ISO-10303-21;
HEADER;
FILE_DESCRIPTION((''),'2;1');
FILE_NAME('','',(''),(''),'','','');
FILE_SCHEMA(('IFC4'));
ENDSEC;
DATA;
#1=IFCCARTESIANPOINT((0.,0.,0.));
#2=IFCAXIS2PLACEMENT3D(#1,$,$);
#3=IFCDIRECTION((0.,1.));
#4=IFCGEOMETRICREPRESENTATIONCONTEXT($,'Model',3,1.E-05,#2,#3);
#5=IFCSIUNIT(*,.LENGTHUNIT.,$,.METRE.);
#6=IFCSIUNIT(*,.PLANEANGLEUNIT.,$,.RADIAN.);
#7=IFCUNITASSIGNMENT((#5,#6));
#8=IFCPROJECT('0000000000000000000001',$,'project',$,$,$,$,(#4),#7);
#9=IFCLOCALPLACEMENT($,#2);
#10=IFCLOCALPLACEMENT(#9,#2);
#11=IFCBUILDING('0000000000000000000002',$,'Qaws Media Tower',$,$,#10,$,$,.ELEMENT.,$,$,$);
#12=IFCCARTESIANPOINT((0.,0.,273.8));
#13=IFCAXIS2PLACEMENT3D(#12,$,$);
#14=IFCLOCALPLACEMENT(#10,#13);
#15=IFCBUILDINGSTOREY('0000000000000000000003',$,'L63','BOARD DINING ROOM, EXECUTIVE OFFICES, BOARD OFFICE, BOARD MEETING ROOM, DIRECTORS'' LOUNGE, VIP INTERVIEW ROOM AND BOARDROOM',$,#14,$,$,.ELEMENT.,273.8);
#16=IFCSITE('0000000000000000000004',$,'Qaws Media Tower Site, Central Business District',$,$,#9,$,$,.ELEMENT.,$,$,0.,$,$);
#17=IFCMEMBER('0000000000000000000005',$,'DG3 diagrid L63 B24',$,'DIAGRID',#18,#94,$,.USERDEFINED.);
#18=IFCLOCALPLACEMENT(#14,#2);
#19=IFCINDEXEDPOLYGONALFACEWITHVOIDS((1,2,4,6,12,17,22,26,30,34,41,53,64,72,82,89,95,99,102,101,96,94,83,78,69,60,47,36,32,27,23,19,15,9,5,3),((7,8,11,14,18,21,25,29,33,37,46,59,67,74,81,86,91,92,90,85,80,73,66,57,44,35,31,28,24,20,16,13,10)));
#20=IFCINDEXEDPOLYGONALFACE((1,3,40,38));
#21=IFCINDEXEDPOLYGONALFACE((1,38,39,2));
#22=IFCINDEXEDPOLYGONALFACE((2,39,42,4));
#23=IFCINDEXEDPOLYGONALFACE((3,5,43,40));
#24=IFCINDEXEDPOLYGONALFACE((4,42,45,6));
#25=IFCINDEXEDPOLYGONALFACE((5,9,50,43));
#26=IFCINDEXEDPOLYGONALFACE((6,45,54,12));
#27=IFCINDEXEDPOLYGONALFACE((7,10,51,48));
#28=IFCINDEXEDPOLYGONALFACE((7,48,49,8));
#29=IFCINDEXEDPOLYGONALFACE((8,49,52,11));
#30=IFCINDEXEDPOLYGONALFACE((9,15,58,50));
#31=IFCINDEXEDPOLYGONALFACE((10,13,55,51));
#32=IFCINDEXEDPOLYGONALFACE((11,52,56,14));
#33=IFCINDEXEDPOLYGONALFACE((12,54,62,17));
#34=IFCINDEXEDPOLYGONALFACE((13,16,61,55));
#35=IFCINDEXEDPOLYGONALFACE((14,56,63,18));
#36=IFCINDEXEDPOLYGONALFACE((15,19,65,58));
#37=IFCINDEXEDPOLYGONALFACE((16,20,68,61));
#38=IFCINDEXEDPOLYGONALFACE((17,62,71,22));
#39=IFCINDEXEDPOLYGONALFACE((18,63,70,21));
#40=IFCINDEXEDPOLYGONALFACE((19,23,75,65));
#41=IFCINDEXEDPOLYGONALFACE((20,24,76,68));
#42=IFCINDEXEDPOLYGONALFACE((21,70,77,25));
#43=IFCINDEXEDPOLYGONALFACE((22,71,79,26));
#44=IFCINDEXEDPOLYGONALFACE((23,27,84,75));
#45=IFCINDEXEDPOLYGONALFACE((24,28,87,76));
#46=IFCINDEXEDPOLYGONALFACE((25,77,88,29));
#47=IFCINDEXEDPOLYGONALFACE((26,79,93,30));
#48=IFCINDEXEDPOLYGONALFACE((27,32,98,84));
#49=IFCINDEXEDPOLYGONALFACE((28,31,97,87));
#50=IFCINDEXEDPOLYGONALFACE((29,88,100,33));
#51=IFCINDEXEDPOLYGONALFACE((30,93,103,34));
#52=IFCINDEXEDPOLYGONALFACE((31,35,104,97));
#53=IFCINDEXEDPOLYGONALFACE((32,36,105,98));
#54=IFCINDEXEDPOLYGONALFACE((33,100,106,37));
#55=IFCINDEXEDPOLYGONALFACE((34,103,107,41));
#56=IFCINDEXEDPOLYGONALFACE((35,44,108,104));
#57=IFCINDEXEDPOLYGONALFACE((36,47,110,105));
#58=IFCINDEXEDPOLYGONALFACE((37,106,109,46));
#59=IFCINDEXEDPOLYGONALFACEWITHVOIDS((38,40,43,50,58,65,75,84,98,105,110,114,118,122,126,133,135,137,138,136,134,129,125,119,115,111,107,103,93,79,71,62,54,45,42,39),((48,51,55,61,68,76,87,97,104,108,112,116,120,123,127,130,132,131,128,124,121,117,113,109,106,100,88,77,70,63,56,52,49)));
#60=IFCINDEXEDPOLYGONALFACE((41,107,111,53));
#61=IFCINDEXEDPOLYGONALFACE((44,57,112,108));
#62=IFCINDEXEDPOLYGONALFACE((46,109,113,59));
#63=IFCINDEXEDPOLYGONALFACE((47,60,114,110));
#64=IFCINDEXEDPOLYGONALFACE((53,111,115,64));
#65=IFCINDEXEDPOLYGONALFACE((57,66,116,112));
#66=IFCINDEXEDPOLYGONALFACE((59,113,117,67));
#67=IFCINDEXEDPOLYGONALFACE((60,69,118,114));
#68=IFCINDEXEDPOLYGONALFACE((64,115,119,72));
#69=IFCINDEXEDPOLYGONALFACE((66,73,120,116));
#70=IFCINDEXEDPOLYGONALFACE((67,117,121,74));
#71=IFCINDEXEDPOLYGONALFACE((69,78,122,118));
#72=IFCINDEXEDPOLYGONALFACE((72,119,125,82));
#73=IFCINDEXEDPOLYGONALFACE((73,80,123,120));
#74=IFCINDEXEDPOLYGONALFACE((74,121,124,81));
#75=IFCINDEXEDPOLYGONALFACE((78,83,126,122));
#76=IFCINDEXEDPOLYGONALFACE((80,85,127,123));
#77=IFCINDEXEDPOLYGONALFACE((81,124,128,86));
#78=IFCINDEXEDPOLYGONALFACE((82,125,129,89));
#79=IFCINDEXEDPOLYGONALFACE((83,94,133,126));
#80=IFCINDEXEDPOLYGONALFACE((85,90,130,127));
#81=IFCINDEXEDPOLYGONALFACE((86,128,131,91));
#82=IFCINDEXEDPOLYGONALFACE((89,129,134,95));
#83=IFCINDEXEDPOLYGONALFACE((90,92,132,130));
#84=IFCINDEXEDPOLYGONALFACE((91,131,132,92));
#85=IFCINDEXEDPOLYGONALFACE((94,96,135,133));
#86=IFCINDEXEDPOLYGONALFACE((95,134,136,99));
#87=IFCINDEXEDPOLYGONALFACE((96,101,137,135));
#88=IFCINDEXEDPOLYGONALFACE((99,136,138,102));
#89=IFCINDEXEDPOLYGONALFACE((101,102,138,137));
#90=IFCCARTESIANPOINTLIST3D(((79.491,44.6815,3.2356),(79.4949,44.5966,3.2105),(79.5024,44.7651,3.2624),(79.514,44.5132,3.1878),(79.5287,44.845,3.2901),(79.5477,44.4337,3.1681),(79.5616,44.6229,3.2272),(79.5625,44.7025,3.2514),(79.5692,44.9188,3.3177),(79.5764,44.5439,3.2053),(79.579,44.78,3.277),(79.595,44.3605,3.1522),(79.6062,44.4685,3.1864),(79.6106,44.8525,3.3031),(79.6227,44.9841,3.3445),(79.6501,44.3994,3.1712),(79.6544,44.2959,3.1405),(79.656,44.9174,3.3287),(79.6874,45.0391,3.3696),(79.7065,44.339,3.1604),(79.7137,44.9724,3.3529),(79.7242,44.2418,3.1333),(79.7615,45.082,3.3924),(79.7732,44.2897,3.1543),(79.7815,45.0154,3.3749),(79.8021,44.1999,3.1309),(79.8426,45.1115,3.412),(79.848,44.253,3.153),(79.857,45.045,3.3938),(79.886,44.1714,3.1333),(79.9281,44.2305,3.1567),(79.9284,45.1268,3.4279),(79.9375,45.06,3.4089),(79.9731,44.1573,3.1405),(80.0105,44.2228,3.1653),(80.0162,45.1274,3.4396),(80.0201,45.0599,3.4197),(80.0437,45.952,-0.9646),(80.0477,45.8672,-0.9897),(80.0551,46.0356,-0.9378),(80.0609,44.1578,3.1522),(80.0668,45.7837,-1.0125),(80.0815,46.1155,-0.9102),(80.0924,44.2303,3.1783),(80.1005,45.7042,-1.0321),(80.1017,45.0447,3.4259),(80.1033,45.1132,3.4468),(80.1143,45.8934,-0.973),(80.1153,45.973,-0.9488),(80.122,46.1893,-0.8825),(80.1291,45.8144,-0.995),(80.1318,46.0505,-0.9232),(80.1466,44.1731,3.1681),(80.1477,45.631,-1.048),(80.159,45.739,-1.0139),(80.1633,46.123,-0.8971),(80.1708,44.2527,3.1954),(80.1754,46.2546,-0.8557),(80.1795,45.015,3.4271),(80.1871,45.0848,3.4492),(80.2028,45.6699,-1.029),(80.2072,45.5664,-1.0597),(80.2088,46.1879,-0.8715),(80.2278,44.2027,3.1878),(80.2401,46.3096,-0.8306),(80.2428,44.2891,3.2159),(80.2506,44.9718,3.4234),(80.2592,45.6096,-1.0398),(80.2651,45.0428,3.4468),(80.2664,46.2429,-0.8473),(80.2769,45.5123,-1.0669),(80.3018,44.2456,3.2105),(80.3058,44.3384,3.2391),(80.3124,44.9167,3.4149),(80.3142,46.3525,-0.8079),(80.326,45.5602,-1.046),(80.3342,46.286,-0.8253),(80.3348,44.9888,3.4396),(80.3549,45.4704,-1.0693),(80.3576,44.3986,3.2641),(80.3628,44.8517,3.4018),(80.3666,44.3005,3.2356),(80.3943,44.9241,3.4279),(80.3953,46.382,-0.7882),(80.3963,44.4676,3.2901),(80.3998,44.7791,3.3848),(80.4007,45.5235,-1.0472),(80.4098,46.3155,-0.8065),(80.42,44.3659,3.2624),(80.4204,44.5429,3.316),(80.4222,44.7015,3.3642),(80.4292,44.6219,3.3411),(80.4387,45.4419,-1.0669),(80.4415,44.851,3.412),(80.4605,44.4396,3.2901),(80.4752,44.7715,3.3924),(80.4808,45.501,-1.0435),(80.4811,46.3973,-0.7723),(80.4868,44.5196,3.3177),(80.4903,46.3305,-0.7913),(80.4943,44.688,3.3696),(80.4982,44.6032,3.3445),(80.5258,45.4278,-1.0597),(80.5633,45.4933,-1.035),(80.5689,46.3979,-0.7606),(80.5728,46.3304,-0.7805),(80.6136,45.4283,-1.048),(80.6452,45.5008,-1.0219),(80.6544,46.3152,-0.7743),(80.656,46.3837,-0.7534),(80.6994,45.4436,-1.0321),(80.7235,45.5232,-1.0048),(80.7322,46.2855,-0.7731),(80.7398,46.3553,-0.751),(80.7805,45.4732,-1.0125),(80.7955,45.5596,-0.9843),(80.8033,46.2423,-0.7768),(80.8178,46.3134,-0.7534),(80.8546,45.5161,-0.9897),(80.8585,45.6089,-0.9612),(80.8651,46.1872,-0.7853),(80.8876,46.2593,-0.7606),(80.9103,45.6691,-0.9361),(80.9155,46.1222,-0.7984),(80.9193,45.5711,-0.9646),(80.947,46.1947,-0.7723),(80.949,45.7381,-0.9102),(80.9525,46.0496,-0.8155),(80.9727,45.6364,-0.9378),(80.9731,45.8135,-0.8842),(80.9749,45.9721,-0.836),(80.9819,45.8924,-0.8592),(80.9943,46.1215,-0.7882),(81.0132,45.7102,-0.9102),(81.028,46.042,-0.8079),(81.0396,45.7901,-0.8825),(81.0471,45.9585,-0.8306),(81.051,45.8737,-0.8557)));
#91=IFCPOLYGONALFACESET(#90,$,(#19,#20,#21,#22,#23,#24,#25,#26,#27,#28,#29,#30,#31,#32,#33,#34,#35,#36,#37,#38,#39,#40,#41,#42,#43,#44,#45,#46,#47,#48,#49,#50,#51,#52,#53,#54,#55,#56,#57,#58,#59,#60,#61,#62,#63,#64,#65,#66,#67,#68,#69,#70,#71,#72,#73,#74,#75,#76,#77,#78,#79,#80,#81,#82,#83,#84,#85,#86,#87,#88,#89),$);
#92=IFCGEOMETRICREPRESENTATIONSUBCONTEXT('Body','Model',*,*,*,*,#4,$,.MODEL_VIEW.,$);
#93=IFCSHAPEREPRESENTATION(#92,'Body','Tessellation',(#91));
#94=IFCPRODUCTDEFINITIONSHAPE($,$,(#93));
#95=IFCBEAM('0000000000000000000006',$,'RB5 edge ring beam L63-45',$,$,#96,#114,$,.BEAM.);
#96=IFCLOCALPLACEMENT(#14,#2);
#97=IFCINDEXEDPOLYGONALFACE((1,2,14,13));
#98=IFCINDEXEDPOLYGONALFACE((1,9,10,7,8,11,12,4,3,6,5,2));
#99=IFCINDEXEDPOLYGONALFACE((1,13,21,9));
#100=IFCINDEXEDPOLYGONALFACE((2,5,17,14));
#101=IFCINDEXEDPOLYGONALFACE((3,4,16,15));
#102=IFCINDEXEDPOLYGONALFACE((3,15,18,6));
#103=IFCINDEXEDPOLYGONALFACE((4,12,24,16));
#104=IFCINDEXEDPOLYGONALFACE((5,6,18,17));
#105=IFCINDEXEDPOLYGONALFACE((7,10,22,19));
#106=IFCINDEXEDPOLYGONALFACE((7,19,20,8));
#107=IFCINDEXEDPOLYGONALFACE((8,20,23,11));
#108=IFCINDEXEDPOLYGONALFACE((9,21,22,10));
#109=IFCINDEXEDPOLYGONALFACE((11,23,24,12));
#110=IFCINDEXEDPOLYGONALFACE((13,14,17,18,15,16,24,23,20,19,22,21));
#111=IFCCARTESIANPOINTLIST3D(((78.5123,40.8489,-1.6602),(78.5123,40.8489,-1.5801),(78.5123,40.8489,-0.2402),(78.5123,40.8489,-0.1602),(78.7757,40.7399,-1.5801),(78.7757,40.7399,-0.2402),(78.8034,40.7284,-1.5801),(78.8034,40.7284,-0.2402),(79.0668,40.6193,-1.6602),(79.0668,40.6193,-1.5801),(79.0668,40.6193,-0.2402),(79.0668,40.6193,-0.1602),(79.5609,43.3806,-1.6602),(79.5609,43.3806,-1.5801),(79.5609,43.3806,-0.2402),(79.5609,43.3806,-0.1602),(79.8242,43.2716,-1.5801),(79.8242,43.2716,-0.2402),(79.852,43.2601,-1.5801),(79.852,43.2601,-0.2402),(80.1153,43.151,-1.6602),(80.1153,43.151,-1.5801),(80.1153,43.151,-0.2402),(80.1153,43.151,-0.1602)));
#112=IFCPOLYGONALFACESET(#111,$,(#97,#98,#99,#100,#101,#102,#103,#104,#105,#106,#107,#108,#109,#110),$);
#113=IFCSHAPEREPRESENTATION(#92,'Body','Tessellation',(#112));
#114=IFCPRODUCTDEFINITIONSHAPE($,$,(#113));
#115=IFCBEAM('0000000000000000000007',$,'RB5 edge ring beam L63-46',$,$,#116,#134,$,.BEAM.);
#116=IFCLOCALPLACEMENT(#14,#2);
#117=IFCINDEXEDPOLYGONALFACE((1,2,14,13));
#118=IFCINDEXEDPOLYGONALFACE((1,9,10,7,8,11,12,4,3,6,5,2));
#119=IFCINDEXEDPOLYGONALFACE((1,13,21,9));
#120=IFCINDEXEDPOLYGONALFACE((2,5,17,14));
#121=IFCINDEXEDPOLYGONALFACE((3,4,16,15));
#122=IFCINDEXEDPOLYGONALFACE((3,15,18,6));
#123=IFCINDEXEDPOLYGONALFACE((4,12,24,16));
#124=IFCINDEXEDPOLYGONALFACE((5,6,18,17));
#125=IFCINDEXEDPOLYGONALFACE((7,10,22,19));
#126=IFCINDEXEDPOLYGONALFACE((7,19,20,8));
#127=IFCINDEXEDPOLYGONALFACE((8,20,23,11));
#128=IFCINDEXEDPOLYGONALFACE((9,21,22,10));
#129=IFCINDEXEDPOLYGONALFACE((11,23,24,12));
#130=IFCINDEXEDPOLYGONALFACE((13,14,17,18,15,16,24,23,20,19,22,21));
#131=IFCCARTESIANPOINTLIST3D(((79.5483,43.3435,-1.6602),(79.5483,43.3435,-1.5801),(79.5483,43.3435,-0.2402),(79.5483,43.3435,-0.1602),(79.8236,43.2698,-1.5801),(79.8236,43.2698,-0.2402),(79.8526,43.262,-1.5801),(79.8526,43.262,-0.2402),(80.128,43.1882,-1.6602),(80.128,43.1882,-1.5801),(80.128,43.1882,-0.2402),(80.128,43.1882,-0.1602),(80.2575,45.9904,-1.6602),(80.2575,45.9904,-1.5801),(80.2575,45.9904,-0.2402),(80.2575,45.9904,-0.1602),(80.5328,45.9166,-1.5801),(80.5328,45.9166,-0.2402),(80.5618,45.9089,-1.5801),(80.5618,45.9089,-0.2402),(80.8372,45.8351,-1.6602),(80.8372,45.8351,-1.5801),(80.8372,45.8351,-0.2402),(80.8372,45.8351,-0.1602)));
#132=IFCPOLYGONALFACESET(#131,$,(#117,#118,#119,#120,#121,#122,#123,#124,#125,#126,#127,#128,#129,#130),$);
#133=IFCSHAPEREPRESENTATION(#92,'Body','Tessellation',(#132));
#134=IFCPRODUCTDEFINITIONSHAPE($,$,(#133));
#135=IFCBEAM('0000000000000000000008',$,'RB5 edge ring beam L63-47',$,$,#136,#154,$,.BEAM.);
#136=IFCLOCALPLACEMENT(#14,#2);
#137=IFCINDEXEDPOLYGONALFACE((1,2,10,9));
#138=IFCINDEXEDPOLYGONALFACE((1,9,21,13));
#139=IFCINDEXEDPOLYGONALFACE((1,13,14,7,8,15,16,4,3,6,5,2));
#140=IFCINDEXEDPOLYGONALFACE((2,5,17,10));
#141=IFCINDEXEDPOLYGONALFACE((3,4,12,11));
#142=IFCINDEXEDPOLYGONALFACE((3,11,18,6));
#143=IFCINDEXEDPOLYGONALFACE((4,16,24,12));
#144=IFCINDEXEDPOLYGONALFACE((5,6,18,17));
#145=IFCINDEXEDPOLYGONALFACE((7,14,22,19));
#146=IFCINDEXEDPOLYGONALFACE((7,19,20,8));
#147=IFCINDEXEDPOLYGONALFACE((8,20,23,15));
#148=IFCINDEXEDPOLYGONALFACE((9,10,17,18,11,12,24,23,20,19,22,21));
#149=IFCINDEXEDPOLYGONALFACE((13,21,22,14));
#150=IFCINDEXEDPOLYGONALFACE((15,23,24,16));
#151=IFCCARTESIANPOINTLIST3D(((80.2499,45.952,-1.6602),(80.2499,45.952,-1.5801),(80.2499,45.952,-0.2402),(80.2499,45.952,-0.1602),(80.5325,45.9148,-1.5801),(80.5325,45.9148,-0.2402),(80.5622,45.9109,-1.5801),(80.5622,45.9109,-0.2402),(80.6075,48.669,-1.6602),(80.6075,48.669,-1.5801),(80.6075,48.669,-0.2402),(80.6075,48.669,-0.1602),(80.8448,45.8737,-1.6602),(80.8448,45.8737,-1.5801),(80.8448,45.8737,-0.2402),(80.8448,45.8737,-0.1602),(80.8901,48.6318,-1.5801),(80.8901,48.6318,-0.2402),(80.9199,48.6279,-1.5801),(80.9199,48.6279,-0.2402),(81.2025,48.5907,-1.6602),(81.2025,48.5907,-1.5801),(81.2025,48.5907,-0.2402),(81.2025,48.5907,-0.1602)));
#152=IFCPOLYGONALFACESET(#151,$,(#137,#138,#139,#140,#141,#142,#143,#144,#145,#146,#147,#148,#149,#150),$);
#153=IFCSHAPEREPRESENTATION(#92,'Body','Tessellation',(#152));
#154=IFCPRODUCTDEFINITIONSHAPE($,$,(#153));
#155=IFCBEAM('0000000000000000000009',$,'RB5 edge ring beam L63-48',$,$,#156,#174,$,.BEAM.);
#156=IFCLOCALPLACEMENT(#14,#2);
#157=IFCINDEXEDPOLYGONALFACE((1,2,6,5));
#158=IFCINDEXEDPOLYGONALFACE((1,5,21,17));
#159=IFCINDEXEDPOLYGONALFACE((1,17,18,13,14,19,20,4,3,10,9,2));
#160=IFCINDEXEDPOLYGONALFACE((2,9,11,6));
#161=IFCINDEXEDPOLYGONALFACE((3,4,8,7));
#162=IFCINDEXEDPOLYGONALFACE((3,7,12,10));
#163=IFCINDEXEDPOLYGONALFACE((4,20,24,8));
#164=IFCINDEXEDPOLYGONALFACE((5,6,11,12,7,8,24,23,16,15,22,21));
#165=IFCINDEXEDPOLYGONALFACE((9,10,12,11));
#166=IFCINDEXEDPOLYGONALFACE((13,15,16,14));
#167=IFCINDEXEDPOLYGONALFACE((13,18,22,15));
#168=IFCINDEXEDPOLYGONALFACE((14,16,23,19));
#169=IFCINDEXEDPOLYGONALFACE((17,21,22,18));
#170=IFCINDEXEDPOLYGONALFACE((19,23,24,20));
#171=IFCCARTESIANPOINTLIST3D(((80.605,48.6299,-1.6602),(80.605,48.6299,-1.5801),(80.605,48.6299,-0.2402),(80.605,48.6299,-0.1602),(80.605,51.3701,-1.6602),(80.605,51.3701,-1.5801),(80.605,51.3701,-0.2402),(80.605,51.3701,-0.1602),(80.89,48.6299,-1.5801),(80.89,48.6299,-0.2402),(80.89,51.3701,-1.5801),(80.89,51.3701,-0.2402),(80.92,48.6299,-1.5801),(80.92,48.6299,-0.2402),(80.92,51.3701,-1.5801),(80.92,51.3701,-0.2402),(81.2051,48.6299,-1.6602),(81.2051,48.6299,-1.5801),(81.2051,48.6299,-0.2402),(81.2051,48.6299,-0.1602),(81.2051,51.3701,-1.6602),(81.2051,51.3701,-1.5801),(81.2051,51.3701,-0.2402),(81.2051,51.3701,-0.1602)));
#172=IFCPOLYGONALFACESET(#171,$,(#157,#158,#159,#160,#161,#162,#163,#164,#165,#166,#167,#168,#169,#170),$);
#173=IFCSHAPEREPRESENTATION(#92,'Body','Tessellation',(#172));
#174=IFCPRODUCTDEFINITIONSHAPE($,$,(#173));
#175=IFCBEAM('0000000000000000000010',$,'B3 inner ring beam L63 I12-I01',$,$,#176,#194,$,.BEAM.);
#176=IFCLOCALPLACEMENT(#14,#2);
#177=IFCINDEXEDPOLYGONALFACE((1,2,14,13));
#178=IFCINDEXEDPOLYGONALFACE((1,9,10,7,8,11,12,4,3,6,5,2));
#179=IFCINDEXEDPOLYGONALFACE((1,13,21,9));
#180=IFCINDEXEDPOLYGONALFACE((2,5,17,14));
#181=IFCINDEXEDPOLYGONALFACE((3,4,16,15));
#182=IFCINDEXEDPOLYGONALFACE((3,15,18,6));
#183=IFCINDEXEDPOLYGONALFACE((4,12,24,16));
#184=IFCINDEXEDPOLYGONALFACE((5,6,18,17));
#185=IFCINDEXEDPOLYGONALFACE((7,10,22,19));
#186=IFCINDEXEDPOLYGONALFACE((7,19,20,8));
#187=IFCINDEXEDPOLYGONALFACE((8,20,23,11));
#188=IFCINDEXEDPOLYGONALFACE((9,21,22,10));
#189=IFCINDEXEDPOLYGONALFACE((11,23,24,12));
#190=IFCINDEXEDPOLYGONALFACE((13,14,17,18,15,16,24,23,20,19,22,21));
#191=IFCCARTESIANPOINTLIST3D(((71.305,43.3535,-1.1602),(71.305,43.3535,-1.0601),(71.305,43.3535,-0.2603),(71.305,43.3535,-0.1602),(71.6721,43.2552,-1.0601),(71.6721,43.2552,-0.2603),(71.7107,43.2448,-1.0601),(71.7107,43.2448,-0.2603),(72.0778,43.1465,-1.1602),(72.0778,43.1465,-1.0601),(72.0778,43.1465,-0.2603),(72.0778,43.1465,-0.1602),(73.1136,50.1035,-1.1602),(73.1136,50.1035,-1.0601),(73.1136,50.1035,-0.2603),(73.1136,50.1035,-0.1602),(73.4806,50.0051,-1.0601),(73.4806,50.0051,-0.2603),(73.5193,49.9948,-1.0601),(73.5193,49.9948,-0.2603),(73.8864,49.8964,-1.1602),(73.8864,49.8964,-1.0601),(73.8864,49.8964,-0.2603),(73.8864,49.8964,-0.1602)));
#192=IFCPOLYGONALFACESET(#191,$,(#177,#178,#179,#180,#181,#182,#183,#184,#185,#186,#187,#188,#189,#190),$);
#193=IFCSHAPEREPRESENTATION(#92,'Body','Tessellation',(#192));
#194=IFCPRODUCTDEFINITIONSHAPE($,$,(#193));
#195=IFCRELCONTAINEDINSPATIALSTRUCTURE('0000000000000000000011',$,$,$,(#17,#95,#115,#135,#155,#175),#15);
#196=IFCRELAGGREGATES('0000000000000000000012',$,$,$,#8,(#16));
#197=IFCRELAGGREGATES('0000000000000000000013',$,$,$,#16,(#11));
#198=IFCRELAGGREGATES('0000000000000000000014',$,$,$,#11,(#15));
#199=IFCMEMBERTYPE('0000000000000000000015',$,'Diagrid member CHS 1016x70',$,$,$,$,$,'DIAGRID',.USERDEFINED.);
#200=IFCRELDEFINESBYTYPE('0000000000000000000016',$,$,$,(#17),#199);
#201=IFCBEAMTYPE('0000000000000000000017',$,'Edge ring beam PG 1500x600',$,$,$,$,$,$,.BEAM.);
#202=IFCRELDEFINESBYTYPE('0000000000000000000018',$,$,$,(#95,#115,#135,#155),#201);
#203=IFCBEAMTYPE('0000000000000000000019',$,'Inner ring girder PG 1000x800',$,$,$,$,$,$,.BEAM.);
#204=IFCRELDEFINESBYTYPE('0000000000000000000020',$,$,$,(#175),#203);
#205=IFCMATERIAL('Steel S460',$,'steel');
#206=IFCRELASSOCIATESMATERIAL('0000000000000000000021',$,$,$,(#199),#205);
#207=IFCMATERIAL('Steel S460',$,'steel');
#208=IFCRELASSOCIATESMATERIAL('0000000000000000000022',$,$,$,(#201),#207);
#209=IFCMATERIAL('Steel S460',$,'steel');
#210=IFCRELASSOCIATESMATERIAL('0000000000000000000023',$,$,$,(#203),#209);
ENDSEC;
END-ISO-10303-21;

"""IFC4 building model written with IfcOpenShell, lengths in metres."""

from ifc_helpers import new_model, si_unit, direction, frame, origin, origin_2d, place, context, subcontext, project, spatial, hollow_circle, i_section, extrude, material, material_profile, profile_set, type_object, element, save


model = new_model("IFC4")

# Units and contexts
model_context = context("Model", 3, precision=1e-05, world=origin(), true_north=direction((0.0, 1.0)))
body_context = subcontext(model_context, "Body", "Model", "MODEL_VIEW")
ifc_project = project(units=[si_unit("LENGTHUNIT", "METRE"), si_unit("PLANEANGLEUNIT", "RADIAN")], contexts=[model_context])

# Site, building, storey
site_placement = place(None, origin())
site = spatial("IfcSite", under=ifc_project, at=site_placement, Name="Qaws Media Tower Site, Central Business District", CompositionType="ELEMENT", RefElevation=0.0)
building_placement = place(site_placement, origin())
building = spatial("IfcBuilding", under=site, at=building_placement, Name="Qaws Media Tower", CompositionType="ELEMENT")
storey_placement = place(building_placement, frame((0.0, 0.0, 273.8)))
storey = spatial("IfcBuildingStorey", under=building, at=storey_placement, Name="L63", Description="BOARD DINING ROOM, EXECUTIVE OFFICES, BOARD OFFICE, BOARD MEETING ROOM, DIRECTORS' LOUNGE, VIP INTERVIEW ROOM AND BOARDROOM", CompositionType="ELEMENT", Elevation=273.8)

# Member
ifc_material_1 = material(Name="Steel S460", Category="steel")
ifc_material_profile_1 = material_profile(ifc_material_1, hollow_circle(Radius=0.5081, WallThickness=0.0701, at=origin_2d()), Name="CHS 1016x70")
ifc_profile_set_1 = profile_set([ifc_material_profile_1], Name="Steel S460")
member_type_1 = type_object("IfcMemberType", Name="Diagrid member CHS 1016x70", ElementType="DIAGRID", PredefinedType="USERDEFINED", material=ifc_profile_set_1)
for number, where, z_axis, x_axis, name in (
    (1, (80.5474, 45.9128, -0.9102), (-0.124973, -0.287262, 0.949664), (0.91698, -0.398932, 0.0), "DG3 diagrid L63 B24"),
):
    element("IfcMember", number, at=place(storey_placement, frame(where, z_axis=z_axis, x_axis=x_axis)), inside=storey, type_object=member_type_1, Name=name, ObjectType="DIAGRID", PredefinedType="USERDEFINED", context=body_context, shape_type="SweptSolid", body=[
        extrude(hollow_circle(Radius=0.5081, WallThickness=0.0701, at=origin_2d()), origin(), (0.0, 0.0, 1.0), 4.4229),
    ])

# Beams
ifc_material_2 = material(Name="Steel S460", Category="steel")
ifc_material_profile_2 = material_profile(ifc_material_2, i_section(OverallWidth=0.6001, OverallDepth=1.5, WebThickness=0.03, FlangeThickness=0.0801, at=origin_2d()), Name="PG 1500x600")
ifc_profile_set_2 = profile_set([ifc_material_profile_2], Name="Steel S460")
beam_type_1 = type_object("IfcBeamType", Name="Edge ring beam PG 1500x600", PredefinedType="BEAM", material=ifc_profile_set_2)
for number, where, z_axis, x_axis, name in (
    (2, (78.7896, 40.7341, -0.9102), (0.382653, 0.923892, 0.0), (-0.923892, 0.382653, 0.0), "RB5 edge ring beam L63-45"),
    (3, (79.8381, 43.2659, -0.9102), (0.25881, 0.965928, 0.0), (-0.965928, 0.25881, 0.0), "RB5 edge ring beam L63-46"),
):
    element("IfcBeam", number, at=place(storey_placement, frame(where, z_axis=z_axis, x_axis=x_axis)), inside=storey, type_object=beam_type_1, Name=name, PredefinedType="BEAM", context=body_context, shape_type="SweptSolid", body=[
        extrude(i_section(OverallWidth=0.6001, OverallDepth=1.5, WebThickness=0.03, FlangeThickness=0.0801, at=origin_2d()), origin(), (0.0, 0.0, 1.0), 2.7402),
    ])
beam_1_placement = place(storey_placement, frame((80.5474, 45.9128, -0.9102), z_axis=(0.130512, 0.991447, 0.0), x_axis=(-0.991447, 0.130512, 0.0)))
element("IfcBeam", 4, at=beam_1_placement, inside=storey, type_object=beam_type_1, Name="RB5 edge ring beam L63-47", PredefinedType="BEAM", context=body_context, shape_type="SweptSolid", body=[
    extrude(i_section(OverallWidth=0.6001, OverallDepth=1.5, WebThickness=0.03, FlangeThickness=0.0801, at=origin_2d()), origin(), (0.0, 0.0, 1.0), 2.7405),
])
beam_2_placement = place(storey_placement, frame((80.905, 48.6299, -0.9102), z_axis=(0.0, 1.0, 0.0), x_axis=(-1.0, 0.0, 0.0)))
element("IfcBeam", 5, at=beam_2_placement, inside=storey, type_object=beam_type_1, Name="RB5 edge ring beam L63-48", PredefinedType="BEAM", context=body_context, shape_type="SweptSolid", body=[
    extrude(i_section(OverallWidth=0.6001, OverallDepth=1.5, WebThickness=0.03, FlangeThickness=0.0801, at=origin_2d()), origin(), (0.0, 0.0, 1.0), 2.7402),
])
ifc_material_3 = material(Name="Steel S460", Category="steel")
ifc_material_profile_3 = material_profile(ifc_material_3, i_section(OverallWidth=0.8, OverallDepth=1.0, WebThickness=0.04, FlangeThickness=0.1001, at=origin_2d()), Name="PG 1000x800")
ifc_profile_set_3 = profile_set([ifc_material_profile_3], Name="Steel S460")
beam_type_2 = type_object("IfcBeamType", Name="Inner ring girder PG 1000x800", PredefinedType="BEAM", material=ifc_profile_set_3)
beam_3_placement = place(storey_placement, frame((71.6914, 43.25, -0.6602), z_axis=(0.258811, 0.965928, 0.0), x_axis=(-0.965928, 0.258811, 0.0)))
element("IfcBeam", 6, at=beam_3_placement, inside=storey, type_object=beam_type_2, Name="B3 inner ring beam L63 I12-I01", PredefinedType="BEAM", context=body_context, shape_type="SweptSolid", body=[
    extrude(i_section(OverallWidth=0.8, OverallDepth=1.0, WebThickness=0.04, FlangeThickness=0.1001, at=origin_2d()), origin(), (0.0, 0.0, 1.0), 6.988),
])

save(model, "model.ifc")
